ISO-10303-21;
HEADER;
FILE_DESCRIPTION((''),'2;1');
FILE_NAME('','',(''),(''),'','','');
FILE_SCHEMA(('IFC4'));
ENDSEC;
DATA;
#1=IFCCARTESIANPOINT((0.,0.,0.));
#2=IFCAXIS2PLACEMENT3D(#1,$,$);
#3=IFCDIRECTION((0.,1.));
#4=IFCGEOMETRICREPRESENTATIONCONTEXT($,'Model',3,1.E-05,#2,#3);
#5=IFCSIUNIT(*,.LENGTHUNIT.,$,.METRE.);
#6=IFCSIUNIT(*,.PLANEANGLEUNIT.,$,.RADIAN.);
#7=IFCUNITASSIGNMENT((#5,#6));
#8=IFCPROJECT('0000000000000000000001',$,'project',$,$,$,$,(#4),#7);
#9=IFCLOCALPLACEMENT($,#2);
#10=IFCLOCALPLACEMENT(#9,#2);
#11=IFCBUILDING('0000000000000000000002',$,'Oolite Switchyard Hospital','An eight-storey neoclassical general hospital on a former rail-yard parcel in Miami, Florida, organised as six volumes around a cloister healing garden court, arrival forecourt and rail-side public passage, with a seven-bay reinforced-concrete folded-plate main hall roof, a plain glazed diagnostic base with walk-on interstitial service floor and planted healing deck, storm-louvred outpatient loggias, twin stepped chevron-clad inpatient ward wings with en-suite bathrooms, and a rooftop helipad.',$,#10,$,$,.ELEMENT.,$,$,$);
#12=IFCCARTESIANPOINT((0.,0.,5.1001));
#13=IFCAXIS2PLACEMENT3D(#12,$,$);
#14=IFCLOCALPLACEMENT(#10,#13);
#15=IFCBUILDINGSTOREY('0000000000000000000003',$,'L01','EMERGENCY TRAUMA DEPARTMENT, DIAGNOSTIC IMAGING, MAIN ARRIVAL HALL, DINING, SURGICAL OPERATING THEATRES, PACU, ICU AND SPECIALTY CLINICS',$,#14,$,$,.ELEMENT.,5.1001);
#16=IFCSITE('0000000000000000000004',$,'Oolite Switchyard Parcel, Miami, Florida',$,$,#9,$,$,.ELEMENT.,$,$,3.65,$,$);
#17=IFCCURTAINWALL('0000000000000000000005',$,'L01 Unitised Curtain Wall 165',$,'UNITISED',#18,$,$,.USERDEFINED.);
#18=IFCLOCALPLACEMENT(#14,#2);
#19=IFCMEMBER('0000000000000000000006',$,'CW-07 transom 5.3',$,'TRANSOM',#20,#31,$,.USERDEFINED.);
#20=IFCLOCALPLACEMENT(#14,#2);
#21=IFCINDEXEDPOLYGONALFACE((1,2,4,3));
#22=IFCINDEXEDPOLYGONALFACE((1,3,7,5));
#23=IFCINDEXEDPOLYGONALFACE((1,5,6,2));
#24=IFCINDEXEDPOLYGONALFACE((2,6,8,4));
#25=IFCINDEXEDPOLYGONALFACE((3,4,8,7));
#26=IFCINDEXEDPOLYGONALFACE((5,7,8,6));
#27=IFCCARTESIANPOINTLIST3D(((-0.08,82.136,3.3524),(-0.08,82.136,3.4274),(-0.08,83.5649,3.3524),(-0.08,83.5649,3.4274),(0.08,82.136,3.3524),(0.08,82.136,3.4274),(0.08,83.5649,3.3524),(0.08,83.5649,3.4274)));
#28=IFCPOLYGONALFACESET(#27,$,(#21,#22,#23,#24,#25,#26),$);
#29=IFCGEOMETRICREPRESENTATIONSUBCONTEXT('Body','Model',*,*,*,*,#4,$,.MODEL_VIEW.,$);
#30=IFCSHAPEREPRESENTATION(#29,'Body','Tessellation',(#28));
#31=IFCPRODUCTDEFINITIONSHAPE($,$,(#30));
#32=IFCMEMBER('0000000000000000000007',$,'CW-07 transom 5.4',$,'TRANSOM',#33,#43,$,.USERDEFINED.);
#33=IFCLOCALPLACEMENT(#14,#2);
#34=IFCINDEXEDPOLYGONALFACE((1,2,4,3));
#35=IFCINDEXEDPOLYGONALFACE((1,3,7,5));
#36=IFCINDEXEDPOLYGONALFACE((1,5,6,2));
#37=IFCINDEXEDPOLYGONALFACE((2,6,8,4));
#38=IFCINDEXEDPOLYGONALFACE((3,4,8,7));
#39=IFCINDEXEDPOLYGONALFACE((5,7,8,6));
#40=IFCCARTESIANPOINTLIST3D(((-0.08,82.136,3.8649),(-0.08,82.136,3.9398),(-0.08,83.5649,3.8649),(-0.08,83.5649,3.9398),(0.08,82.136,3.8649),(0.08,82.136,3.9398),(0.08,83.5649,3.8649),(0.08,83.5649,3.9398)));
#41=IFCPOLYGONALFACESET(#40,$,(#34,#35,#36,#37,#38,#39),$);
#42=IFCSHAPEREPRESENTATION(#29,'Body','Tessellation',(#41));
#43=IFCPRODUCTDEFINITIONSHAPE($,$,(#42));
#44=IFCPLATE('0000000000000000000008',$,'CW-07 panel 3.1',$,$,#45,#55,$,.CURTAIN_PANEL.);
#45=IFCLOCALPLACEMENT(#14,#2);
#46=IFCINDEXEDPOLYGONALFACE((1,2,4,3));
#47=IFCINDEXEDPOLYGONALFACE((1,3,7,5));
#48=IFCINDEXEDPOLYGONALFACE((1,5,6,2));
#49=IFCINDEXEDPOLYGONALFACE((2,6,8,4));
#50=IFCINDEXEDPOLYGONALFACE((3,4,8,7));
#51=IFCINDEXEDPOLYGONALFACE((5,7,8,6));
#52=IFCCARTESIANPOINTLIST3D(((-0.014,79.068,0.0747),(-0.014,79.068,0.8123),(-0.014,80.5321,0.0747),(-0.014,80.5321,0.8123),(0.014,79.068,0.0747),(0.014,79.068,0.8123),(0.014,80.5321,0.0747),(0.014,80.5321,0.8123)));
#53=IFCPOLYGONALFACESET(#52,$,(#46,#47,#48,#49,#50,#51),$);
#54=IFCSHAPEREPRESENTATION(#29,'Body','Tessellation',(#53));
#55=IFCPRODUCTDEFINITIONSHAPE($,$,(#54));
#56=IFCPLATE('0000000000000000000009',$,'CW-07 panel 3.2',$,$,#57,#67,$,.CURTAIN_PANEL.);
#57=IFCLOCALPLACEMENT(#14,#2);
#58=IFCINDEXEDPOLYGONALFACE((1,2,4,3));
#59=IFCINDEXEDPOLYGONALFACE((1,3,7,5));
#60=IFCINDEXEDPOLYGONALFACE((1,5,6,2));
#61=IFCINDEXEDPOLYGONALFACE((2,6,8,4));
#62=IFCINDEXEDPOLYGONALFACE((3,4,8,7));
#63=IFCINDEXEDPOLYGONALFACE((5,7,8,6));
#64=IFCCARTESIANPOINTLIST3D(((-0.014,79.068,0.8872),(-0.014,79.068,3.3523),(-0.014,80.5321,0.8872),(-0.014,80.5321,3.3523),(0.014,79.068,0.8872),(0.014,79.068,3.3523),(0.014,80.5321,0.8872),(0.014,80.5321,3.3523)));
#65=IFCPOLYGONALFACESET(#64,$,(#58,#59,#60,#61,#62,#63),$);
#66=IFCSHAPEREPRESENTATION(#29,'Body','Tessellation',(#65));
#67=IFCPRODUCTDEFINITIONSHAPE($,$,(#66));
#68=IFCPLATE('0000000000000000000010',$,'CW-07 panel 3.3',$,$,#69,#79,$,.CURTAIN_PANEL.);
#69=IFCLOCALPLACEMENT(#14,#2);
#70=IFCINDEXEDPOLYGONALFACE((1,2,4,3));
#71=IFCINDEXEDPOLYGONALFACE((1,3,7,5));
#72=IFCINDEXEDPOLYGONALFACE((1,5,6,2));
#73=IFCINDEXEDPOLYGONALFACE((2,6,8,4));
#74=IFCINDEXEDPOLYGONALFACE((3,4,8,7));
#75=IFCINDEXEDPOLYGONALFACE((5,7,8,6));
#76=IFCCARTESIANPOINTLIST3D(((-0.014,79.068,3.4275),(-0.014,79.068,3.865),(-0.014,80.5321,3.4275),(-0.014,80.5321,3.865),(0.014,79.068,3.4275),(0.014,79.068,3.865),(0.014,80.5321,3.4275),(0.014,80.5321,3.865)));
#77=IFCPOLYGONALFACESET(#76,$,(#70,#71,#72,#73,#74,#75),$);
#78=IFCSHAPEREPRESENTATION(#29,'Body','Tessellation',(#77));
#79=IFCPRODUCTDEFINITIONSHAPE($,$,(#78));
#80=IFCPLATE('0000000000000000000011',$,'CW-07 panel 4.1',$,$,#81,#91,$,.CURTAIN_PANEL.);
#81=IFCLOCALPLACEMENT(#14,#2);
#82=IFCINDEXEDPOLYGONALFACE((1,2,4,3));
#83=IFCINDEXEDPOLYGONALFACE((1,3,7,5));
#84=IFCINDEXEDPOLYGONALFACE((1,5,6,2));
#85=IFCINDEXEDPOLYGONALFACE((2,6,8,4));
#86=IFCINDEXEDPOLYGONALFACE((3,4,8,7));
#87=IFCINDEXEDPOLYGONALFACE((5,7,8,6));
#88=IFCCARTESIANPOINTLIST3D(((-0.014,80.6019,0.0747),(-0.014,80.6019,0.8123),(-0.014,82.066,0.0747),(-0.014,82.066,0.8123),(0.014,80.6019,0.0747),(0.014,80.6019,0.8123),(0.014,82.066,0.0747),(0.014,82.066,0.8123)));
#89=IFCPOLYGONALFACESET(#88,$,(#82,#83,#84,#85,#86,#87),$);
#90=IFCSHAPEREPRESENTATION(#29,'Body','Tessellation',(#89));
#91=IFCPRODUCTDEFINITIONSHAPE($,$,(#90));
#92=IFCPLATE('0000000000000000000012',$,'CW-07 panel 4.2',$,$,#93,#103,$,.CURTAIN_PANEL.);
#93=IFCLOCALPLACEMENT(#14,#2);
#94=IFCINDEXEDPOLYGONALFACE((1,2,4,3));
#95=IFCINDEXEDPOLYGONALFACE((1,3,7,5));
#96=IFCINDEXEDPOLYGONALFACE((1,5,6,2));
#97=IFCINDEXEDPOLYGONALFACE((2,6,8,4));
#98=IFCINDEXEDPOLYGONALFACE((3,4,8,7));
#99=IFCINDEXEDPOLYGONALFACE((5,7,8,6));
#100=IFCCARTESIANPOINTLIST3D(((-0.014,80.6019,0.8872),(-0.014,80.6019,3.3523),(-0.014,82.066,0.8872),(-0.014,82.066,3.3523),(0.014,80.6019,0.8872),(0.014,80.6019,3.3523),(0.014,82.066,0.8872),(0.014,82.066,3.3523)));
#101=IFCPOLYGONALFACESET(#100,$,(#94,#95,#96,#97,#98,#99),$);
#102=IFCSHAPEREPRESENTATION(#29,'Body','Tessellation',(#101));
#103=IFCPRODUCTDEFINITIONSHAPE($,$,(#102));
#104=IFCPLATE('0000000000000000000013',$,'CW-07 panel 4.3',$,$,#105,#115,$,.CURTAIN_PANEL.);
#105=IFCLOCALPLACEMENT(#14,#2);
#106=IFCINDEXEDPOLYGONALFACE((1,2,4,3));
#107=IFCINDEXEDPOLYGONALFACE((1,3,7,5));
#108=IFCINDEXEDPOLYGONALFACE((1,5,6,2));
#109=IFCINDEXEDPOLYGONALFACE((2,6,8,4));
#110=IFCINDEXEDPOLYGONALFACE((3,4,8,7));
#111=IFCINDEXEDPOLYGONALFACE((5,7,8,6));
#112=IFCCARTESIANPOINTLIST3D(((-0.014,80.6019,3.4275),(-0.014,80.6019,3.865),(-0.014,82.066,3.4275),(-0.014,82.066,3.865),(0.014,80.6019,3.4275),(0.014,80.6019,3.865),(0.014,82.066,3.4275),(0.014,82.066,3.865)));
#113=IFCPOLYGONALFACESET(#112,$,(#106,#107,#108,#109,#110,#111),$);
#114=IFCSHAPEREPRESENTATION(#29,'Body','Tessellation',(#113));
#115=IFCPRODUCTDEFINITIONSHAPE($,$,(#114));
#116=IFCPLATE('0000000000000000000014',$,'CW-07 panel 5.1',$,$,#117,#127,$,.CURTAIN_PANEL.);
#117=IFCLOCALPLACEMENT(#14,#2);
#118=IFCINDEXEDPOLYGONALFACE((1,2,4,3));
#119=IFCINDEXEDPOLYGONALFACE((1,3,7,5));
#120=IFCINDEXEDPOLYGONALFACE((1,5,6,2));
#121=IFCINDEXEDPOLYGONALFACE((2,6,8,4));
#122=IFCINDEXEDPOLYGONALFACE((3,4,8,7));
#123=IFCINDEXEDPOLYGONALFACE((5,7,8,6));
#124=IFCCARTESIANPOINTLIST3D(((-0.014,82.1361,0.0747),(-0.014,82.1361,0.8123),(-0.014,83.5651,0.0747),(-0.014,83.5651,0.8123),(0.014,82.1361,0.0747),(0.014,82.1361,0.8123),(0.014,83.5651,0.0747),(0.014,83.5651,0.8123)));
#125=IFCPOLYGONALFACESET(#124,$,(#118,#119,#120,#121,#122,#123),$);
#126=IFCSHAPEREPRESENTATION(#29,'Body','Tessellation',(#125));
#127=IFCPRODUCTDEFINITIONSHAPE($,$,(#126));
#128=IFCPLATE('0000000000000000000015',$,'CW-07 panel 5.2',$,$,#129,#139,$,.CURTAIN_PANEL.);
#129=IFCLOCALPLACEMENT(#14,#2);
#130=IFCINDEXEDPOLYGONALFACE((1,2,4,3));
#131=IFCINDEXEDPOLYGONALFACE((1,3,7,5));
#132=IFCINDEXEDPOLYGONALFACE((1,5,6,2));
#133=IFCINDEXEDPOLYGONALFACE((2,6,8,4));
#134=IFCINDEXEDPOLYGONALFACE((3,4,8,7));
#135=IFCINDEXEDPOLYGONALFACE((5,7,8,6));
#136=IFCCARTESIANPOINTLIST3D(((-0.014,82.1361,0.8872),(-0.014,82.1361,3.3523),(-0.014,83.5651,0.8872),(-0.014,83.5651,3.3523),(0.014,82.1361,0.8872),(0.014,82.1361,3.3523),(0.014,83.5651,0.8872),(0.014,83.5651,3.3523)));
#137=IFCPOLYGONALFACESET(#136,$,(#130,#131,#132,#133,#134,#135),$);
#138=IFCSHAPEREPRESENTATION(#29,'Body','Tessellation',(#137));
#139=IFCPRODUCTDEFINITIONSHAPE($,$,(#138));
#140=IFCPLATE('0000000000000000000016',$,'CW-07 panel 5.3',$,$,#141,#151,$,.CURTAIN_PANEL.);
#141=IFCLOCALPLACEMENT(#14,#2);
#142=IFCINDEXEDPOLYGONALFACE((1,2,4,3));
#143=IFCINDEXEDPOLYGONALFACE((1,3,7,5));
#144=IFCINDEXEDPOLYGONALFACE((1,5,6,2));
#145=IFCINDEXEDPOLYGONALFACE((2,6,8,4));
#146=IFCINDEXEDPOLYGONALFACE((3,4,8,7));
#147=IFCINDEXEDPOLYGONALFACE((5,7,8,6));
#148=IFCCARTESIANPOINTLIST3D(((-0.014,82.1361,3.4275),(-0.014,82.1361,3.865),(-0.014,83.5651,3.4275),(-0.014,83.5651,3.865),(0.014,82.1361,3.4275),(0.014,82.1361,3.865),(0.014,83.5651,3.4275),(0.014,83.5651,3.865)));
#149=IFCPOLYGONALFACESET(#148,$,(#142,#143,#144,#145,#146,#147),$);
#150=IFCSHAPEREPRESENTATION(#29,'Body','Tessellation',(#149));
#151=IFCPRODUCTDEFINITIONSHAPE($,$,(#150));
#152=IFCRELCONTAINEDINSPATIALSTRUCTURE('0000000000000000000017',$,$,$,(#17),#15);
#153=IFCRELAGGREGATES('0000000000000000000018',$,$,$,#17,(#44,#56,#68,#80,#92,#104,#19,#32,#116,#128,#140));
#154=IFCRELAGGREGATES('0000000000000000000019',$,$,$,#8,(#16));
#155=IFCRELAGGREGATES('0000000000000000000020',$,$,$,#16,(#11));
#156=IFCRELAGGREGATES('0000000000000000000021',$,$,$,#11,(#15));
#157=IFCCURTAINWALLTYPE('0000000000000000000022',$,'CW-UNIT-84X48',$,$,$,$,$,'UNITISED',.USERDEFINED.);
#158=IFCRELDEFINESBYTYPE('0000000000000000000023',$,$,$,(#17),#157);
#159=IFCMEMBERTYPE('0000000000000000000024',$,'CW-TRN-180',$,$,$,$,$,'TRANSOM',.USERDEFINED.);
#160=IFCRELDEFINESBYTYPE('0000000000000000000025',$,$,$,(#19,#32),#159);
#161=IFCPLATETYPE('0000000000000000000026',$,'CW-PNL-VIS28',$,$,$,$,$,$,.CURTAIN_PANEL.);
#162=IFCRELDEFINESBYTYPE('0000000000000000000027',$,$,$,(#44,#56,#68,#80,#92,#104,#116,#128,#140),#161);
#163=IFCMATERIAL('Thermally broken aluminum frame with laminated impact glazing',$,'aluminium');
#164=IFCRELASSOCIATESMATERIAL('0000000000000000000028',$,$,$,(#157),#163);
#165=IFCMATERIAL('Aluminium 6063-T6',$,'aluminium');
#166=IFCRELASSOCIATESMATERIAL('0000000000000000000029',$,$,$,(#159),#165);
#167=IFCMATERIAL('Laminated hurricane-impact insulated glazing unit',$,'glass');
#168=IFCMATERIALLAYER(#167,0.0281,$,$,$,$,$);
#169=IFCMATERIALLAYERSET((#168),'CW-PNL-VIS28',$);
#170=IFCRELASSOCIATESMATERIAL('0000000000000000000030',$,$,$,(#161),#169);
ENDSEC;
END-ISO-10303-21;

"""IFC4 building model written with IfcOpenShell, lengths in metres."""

from ifc_helpers import new_model, si_unit, direction, frame, origin, origin_2d, place, context, subcontext, project, spatial, rectangle, extrude, material, layer, layer_set, material_profile, profile_set, type_object, element, aggregate, save


model = new_model("IFC4")

# Units and contexts
model_context = context("Model", 3, precision=1e-05, world=origin(), true_north=direction((0.0, 1.0)))
body_context = subcontext(model_context, "Body", "Model", "MODEL_VIEW")
ifc_project = project(units=[si_unit("LENGTHUNIT", "METRE"), si_unit("PLANEANGLEUNIT", "RADIAN")], contexts=[model_context])

# Site, building, storey
site_placement = place(None, origin())
site = spatial("IfcSite", under=ifc_project, at=site_placement, Name="Oolite Switchyard Parcel, Miami, Florida", CompositionType="ELEMENT", RefElevation=3.65)
building_placement = place(site_placement, origin())
building = spatial("IfcBuilding", under=site, at=building_placement, Name="Oolite Switchyard Hospital", Description="An eight-storey neoclassical general hospital on a former rail-yard parcel in Miami, Florida, organised as six volumes around a cloister healing garden court, arrival forecourt and rail-side public passage, with a seven-bay reinforced-concrete folded-plate main hall roof, a plain glazed diagnostic base with walk-on interstitial service floor and planted healing deck, storm-louvred outpatient loggias, twin stepped chevron-clad inpatient ward wings with en-suite bathrooms, and a rooftop helipad.", CompositionType="ELEMENT")
storey_placement = place(building_placement, frame((0.0, 0.0, 5.1001)))
storey = spatial("IfcBuildingStorey", under=building, at=storey_placement, Name="L01", Description="EMERGENCY TRAUMA DEPARTMENT, DIAGNOSTIC IMAGING, MAIN ARRIVAL HALL, DINING, SURGICAL OPERATING THEATRES, PACU, ICU AND SPECIALTY CLINICS", CompositionType="ELEMENT", Elevation=5.1001)

# Curtain wall, members, plates
ifc_material_1 = material(Name="Thermally broken aluminum frame with laminated impact glazing", Category="aluminium")
curtain_wall_type = type_object("IfcCurtainWallType", Name="CW-UNIT-84X48", ElementType="UNITISED", PredefinedType="USERDEFINED", material=ifc_material_1)
curtain_wall_placement = place(storey_placement, origin())
curtain_wall = element("IfcCurtainWall", 1, at=curtain_wall_placement, inside=storey, type_object=curtain_wall_type, Name="L01 Unitised Curtain Wall 165", ObjectType="UNITISED", PredefinedType="USERDEFINED")
ifc_material_2 = material(Name="Aluminium 6063-T6", Category="aluminium")
ifc_material_profile_1 = material_profile(ifc_material_2, rectangle(XDim=0.1599, YDim=0.075, at=origin_2d()), Name="CWT75X160")
ifc_profile_set_1 = profile_set([ifc_material_profile_1], Name="Aluminium 6063-T6")
member_type_1 = type_object("IfcMemberType", Name="CW-TRN-180", ElementType="TRANSOM", PredefinedType="USERDEFINED", material=ifc_profile_set_1)
member_1_placement = place(storey_placement, frame((0.0, 82.136, 3.3899), z_axis=(0.0, 1.0, 0.0), x_axis=(-1.0, 0.0, 0.0)))
member_1 = element("IfcMember", 2, at=member_1_placement, type_object=member_type_1, Name="CW-07 transom 5.3", ObjectType="TRANSOM", PredefinedType="USERDEFINED", context=body_context, shape_type="SweptSolid", body=[
    extrude(rectangle(XDim=0.1599, YDim=0.075, at=origin_2d()), origin(), (0.0, 0.0, 1.0), 1.429),
])
member_2_placement = place(storey_placement, frame((0.0, 82.136, 3.9023), z_axis=(0.0, 1.0, 0.0), x_axis=(-1.0, 0.0, 0.0)))
member_2 = element("IfcMember", 3, at=member_2_placement, type_object=member_type_1, Name="CW-07 transom 5.4", ObjectType="TRANSOM", PredefinedType="USERDEFINED", context=body_context, shape_type="SweptSolid", body=[
    extrude(rectangle(XDim=0.1599, YDim=0.075, at=origin_2d()), origin(), (0.0, 0.0, 1.0), 1.429),
])
ifc_material_3 = material(Name="Laminated hurricane-impact insulated glazing unit", Category="glass")
ifc_layer = layer(ifc_material_3, 0.0281)
ifc_layer_set = layer_set([ifc_layer], Name="CW-PNL-VIS28")
plate_type = type_object("IfcPlateType", Name="CW-PNL-VIS28", PredefinedType="CURTAIN_PANEL", material=ifc_layer_set)
plate_1_placement = place(storey_placement, frame((0.0, 79.8, 0.0747), z_axis=(0.0, 0.0, 1.0), x_axis=(0.0, 1.0, 0.0)))
plate_1 = element("IfcPlate", 4, at=plate_1_placement, type_object=plate_type, Name="CW-07 panel 3.1", PredefinedType="CURTAIN_PANEL", context=body_context, shape_type="SweptSolid", body=[
    extrude(rectangle(XDim=1.4641, YDim=0.0281, at=origin_2d()), origin(), (0.0, 0.0, 1.0), 0.7375),
])
plate_2_placement = place(storey_placement, frame((0.0, 79.8, 0.8872), z_axis=(0.0, 0.0, 1.0), x_axis=(0.0, 1.0, 0.0)))
plate_2 = element("IfcPlate", 5, at=plate_2_placement, type_object=plate_type, Name="CW-07 panel 3.2", PredefinedType="CURTAIN_PANEL", context=body_context, shape_type="SweptSolid", body=[
    extrude(rectangle(XDim=1.4641, YDim=0.0281, at=origin_2d()), origin(), (0.0, 0.0, 1.0), 2.4651),
])
plate_3_placement = place(storey_placement, frame((0.0, 79.8, 3.4275), z_axis=(0.0, 0.0, 1.0), x_axis=(0.0, 1.0, 0.0)))
plate_3 = element("IfcPlate", 6, at=plate_3_placement, type_object=plate_type, Name="CW-07 panel 3.3", PredefinedType="CURTAIN_PANEL", context=body_context, shape_type="SweptSolid", body=[
    extrude(rectangle(XDim=1.4641, YDim=0.0281, at=origin_2d()), origin(), (0.0, 0.0, 1.0), 0.4375),
])
plate_4_placement = place(storey_placement, frame((0.0, 81.334, 0.0747), z_axis=(0.0, 0.0, 1.0), x_axis=(0.0, 1.0, 0.0)))
plate_4 = element("IfcPlate", 7, at=plate_4_placement, type_object=plate_type, Name="CW-07 panel 4.1", PredefinedType="CURTAIN_PANEL", context=body_context, shape_type="SweptSolid", body=[
    extrude(rectangle(XDim=1.4641, YDim=0.0281, at=origin_2d()), origin(), (0.0, 0.0, 1.0), 0.7375),
])
plate_5_placement = place(storey_placement, frame((0.0, 81.334, 0.8872), z_axis=(0.0, 0.0, 1.0), x_axis=(0.0, 1.0, 0.0)))
plate_5 = element("IfcPlate", 8, at=plate_5_placement, type_object=plate_type, Name="CW-07 panel 4.2", PredefinedType="CURTAIN_PANEL", context=body_context, shape_type="SweptSolid", body=[
    extrude(rectangle(XDim=1.4641, YDim=0.0281, at=origin_2d()), origin(), (0.0, 0.0, 1.0), 2.4651),
])
plate_6_placement = place(storey_placement, frame((0.0, 81.334, 3.4275), z_axis=(0.0, 0.0, 1.0), x_axis=(0.0, 1.0, 0.0)))
plate_6 = element("IfcPlate", 9, at=plate_6_placement, type_object=plate_type, Name="CW-07 panel 4.3", PredefinedType="CURTAIN_PANEL", context=body_context, shape_type="SweptSolid", body=[
    extrude(rectangle(XDim=1.4641, YDim=0.0281, at=origin_2d()), origin(), (0.0, 0.0, 1.0), 0.4375),
])
plate_7_placement = place(storey_placement, frame((0.0, 82.8506, 0.0747), z_axis=(0.0, 0.0, 1.0), x_axis=(0.0, 1.0, 0.0)))
plate_7 = element("IfcPlate", 10, at=plate_7_placement, type_object=plate_type, Name="CW-07 panel 5.1", PredefinedType="CURTAIN_PANEL", context=body_context, shape_type="SweptSolid", body=[
    extrude(rectangle(XDim=1.429, YDim=0.0281, at=origin_2d()), origin(), (0.0, 0.0, 1.0), 0.7375),
])
plate_8_placement = place(storey_placement, frame((0.0, 82.8506, 0.8872), z_axis=(0.0, 0.0, 1.0), x_axis=(0.0, 1.0, 0.0)))
plate_8 = element("IfcPlate", 11, at=plate_8_placement, type_object=plate_type, Name="CW-07 panel 5.2", PredefinedType="CURTAIN_PANEL", context=body_context, shape_type="SweptSolid", body=[
    extrude(rectangle(XDim=1.429, YDim=0.0281, at=origin_2d()), origin(), (0.0, 0.0, 1.0), 2.4651),
])
plate_9_placement = place(storey_placement, frame((0.0, 82.8506, 3.4275), z_axis=(0.0, 0.0, 1.0), x_axis=(0.0, 1.0, 0.0)))
plate_9 = element("IfcPlate", 12, at=plate_9_placement, type_object=plate_type, Name="CW-07 panel 5.3", PredefinedType="CURTAIN_PANEL", context=body_context, shape_type="SweptSolid", body=[
    extrude(rectangle(XDim=1.429, YDim=0.0281, at=origin_2d()), origin(), (0.0, 0.0, 1.0), 0.4375),
])
aggregate(curtain_wall, [plate_1, plate_2, plate_3, plate_4, plate_5, plate_6, member_1, member_2, plate_7, plate_8, plate_9])

save(model, "model.ifc")
